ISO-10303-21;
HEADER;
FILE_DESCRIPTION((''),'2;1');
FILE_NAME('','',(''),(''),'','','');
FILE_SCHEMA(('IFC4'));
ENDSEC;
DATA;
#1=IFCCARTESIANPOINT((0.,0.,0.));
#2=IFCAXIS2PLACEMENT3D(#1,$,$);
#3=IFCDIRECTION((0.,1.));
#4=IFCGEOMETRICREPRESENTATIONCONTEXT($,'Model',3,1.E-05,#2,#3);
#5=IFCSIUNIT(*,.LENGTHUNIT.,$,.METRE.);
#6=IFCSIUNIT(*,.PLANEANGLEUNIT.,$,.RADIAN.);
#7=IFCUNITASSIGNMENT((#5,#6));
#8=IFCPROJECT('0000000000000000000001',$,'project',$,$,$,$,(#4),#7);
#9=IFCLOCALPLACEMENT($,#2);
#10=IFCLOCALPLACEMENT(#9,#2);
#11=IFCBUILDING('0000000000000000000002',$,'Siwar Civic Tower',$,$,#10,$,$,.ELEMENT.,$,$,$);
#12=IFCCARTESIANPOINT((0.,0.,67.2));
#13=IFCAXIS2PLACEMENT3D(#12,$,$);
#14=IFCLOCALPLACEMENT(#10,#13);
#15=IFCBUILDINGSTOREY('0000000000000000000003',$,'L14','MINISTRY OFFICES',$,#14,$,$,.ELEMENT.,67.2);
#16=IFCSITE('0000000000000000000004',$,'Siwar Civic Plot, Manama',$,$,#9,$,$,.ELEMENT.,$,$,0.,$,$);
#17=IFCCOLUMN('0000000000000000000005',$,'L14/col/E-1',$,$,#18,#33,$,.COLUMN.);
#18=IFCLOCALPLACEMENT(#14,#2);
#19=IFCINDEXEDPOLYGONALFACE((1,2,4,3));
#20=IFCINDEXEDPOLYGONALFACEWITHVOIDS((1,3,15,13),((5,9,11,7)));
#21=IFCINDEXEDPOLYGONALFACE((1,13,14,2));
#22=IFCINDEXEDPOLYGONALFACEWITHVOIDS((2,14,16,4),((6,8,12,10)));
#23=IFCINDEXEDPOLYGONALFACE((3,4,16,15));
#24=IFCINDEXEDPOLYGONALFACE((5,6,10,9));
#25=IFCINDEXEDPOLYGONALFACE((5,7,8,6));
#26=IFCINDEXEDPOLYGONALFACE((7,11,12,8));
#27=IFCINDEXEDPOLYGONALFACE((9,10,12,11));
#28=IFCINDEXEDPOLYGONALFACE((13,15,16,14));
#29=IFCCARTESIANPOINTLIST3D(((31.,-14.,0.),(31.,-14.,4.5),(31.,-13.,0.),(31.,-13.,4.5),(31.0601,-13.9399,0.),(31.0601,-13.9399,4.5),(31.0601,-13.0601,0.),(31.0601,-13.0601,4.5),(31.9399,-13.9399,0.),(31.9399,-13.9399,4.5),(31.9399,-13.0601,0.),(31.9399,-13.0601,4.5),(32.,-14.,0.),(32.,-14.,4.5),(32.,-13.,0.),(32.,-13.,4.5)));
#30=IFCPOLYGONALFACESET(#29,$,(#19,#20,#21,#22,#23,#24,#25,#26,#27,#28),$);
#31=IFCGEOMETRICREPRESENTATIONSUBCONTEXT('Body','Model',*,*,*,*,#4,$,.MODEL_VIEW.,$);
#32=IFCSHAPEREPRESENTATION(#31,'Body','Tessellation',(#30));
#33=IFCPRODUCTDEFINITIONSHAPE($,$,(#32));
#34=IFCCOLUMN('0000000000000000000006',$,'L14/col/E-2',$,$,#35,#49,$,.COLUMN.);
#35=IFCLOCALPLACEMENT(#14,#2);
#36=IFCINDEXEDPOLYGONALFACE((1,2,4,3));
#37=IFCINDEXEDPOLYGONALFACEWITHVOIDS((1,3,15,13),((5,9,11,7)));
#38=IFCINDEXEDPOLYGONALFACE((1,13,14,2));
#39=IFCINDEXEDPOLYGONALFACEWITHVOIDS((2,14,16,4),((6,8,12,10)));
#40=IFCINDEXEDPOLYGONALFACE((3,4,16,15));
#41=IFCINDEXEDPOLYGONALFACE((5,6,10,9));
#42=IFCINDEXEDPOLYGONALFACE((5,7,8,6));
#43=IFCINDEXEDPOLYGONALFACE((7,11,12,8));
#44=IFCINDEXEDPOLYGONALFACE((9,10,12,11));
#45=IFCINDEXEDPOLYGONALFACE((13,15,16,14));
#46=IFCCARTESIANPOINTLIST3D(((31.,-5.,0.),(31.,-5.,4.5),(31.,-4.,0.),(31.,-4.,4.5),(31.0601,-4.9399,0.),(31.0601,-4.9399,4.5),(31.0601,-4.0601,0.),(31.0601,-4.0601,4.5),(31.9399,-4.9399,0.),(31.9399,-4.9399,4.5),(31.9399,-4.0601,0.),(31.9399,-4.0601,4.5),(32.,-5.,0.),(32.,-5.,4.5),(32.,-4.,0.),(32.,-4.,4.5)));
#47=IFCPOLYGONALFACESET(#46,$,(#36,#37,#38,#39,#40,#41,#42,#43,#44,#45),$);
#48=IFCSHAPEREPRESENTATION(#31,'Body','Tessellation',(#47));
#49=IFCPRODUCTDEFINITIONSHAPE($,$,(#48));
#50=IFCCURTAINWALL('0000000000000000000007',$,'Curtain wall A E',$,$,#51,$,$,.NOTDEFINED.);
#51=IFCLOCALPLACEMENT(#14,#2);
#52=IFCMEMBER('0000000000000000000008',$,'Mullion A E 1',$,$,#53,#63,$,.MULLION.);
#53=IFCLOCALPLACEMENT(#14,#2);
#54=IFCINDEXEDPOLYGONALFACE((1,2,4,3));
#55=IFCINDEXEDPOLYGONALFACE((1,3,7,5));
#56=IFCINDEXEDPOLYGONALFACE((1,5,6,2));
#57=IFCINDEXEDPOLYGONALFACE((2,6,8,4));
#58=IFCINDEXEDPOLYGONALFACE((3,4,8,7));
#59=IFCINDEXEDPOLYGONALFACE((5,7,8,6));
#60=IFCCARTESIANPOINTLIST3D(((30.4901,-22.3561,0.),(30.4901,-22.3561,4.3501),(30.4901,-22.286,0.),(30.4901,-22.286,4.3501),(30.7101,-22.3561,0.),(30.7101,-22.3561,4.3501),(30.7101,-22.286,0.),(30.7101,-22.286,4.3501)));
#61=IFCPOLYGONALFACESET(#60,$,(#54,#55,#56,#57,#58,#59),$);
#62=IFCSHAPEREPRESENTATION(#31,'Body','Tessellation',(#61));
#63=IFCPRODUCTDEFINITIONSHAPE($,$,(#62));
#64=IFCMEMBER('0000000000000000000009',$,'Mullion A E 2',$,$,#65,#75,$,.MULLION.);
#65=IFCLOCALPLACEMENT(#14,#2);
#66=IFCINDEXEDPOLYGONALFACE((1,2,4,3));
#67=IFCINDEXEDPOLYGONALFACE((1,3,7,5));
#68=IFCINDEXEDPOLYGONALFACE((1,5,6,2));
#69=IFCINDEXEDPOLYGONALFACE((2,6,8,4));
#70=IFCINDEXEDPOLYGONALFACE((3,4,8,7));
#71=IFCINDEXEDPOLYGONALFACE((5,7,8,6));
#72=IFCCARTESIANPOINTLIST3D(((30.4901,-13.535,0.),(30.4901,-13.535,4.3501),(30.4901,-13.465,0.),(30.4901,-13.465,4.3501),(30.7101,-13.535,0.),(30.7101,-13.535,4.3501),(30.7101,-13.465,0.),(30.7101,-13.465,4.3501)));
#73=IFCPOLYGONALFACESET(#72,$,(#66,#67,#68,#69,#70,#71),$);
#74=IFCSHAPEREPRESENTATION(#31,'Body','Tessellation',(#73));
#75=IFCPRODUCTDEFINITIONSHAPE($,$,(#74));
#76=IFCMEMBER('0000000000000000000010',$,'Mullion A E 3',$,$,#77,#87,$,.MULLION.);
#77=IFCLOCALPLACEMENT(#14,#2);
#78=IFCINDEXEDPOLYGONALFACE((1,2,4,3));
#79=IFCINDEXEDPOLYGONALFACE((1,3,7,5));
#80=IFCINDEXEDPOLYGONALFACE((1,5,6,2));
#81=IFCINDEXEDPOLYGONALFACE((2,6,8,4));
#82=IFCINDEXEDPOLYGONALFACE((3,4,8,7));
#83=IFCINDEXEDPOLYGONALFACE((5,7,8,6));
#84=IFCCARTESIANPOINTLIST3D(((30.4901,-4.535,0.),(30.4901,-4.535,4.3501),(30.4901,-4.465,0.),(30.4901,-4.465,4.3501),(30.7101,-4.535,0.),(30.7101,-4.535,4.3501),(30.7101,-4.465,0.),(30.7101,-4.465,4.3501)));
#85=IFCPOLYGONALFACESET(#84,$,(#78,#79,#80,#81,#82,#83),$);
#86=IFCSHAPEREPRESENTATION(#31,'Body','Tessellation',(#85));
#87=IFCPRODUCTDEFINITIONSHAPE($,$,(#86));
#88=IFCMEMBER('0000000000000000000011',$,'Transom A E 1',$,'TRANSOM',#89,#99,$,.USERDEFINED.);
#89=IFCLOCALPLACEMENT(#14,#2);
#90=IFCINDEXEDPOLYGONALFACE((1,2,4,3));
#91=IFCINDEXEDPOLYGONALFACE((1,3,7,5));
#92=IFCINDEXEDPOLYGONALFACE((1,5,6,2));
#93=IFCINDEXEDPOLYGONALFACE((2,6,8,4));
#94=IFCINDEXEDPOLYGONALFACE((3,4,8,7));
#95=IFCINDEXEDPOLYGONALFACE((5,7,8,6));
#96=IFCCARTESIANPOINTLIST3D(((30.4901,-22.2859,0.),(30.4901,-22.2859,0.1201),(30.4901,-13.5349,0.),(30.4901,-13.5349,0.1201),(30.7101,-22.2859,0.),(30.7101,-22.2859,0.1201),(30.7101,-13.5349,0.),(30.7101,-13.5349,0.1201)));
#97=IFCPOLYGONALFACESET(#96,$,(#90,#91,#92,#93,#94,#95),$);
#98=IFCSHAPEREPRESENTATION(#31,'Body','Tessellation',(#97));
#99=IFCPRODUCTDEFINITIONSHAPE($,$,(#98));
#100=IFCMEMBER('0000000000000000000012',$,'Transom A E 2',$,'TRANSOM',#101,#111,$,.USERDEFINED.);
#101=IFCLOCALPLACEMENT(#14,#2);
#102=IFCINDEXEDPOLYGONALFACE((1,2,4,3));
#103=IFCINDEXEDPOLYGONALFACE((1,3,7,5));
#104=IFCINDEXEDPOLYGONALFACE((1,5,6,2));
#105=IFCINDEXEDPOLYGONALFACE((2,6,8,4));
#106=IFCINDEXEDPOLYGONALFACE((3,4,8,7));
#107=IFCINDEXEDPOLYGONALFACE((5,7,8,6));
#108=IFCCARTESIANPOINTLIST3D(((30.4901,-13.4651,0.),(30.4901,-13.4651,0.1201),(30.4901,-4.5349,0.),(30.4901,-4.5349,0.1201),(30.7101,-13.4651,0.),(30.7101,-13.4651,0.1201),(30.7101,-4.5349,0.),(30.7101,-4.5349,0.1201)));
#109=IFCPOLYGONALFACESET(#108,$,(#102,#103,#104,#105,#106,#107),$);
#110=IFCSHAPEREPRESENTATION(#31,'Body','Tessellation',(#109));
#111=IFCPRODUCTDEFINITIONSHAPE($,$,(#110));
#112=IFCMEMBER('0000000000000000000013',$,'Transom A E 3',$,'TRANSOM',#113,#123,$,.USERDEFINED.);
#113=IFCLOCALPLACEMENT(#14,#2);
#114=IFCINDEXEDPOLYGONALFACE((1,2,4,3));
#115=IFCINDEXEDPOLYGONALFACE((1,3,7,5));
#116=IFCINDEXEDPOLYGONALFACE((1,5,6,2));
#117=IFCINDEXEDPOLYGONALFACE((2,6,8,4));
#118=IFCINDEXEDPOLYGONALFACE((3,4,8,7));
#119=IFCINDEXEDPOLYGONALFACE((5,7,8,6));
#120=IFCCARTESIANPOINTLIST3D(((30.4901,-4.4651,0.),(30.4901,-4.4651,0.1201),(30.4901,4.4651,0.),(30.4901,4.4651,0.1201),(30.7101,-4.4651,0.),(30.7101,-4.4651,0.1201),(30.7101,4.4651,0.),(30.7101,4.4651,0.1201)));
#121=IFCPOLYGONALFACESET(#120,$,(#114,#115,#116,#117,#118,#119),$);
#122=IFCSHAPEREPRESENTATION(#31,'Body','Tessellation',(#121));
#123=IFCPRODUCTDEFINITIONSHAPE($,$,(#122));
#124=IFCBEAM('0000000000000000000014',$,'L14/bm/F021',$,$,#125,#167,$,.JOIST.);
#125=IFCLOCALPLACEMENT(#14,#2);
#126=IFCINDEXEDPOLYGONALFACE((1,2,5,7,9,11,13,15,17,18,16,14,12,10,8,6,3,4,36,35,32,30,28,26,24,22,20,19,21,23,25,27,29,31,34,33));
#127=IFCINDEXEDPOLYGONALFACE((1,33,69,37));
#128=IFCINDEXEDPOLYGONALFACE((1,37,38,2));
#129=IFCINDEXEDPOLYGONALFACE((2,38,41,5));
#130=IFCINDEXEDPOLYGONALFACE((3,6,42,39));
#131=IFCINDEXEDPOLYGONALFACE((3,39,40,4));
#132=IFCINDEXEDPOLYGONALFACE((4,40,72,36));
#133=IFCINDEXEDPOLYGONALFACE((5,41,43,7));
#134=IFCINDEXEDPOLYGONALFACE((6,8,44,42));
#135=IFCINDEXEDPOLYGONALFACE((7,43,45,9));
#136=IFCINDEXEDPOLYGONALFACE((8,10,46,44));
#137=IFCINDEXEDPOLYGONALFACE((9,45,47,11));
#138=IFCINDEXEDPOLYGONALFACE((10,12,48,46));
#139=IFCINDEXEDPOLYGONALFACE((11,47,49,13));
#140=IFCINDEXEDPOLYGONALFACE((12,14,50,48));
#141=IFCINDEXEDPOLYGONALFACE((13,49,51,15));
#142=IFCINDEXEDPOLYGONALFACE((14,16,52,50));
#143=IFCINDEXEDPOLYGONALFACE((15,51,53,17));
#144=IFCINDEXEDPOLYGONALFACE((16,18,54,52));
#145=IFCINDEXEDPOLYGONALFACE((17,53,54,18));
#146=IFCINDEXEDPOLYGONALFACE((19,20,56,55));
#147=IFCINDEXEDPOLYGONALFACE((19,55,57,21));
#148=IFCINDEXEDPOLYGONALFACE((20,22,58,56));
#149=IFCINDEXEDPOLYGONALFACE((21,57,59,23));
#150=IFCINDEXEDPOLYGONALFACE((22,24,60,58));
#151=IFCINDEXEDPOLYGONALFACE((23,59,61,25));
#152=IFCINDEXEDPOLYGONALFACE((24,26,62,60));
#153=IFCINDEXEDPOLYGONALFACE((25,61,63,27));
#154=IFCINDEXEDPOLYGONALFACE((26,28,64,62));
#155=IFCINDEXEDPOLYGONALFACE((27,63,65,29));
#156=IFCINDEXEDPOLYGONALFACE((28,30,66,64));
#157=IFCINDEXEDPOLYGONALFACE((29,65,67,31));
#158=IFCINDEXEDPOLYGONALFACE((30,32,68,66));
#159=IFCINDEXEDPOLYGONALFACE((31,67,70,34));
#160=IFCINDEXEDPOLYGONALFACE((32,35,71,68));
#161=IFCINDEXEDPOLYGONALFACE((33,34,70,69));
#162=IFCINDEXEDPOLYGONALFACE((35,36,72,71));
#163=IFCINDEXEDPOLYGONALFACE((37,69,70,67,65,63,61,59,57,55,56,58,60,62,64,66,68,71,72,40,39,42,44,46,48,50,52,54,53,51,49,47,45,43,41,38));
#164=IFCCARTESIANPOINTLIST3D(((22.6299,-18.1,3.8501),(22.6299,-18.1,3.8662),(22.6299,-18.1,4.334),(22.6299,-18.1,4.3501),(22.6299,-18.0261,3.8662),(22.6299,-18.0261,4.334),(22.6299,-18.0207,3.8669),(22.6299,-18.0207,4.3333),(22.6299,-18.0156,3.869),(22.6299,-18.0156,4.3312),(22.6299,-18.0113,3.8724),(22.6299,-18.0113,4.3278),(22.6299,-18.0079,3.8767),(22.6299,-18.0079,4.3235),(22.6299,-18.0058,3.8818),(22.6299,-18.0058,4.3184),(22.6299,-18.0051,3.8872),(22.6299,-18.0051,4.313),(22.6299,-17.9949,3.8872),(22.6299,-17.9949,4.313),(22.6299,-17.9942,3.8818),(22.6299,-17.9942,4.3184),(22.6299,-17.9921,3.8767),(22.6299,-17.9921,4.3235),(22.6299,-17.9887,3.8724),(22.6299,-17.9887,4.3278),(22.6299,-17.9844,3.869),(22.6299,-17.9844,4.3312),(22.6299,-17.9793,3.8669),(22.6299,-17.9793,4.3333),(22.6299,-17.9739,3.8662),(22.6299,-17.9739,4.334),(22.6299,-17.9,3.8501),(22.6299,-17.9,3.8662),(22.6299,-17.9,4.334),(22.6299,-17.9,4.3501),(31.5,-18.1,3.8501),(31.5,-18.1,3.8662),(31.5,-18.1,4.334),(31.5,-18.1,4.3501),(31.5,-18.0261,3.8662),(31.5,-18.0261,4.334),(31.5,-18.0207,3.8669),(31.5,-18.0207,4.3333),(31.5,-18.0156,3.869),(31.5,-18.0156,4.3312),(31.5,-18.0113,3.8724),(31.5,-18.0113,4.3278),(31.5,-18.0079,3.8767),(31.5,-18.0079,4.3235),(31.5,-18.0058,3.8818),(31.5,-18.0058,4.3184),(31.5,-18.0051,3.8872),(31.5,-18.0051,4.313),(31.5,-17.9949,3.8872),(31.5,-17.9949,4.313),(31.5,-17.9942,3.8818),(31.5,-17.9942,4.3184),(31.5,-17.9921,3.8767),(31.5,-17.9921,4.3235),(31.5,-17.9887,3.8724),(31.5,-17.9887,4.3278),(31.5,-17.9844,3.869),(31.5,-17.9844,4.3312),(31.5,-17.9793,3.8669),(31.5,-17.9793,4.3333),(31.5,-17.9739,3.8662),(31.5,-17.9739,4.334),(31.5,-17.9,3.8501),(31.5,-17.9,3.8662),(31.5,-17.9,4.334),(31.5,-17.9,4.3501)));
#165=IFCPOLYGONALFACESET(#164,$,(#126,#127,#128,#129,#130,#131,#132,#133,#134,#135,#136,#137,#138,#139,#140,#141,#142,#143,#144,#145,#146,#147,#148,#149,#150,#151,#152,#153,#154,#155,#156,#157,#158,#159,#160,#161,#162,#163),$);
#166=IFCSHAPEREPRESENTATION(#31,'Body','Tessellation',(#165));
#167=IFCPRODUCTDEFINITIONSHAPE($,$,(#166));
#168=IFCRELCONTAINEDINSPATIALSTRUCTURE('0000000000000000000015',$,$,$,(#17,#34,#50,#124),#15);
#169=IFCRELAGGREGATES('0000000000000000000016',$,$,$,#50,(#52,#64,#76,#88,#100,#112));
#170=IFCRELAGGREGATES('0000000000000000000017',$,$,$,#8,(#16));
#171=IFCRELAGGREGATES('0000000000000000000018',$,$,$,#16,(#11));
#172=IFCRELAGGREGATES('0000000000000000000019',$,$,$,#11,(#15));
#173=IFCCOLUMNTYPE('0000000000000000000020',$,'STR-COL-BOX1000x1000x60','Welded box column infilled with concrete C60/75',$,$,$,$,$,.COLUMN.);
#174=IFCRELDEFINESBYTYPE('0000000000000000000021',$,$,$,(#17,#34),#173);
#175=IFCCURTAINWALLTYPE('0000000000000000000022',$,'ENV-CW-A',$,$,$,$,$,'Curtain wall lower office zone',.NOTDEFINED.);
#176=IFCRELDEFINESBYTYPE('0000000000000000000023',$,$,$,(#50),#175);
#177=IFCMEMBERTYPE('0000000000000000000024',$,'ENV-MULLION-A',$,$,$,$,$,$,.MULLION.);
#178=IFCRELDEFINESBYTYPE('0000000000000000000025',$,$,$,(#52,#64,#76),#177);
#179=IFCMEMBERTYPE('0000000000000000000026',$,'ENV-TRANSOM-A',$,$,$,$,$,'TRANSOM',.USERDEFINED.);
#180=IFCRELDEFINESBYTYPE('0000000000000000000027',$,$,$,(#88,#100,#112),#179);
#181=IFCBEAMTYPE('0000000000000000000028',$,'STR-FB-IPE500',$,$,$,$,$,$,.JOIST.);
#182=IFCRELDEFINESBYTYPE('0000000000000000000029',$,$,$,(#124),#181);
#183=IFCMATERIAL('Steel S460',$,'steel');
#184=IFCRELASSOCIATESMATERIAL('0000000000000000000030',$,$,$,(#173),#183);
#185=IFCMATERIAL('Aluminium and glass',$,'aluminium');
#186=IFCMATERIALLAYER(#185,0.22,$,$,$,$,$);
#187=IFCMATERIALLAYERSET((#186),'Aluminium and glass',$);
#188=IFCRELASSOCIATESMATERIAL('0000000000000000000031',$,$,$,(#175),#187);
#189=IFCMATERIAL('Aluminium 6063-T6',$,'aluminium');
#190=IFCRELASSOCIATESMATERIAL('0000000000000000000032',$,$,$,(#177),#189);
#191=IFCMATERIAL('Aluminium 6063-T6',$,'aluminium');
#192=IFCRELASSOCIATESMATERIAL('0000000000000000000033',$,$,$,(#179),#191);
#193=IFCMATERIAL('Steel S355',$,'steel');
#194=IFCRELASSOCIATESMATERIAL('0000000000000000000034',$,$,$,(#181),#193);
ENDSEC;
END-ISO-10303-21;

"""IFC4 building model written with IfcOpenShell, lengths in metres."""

from ifc_helpers import new_model, si_unit, direction, frame, origin, origin_2d, place, context, subcontext, project, spatial, rectangle, hollow_rectangle, i_section, extrude, material, layer, layer_set, material_profile, profile_set, type_object, element, aggregate, save


model = new_model("IFC4")

# Units and contexts
model_context = context("Model", 3, precision=1e-05, world=origin(), true_north=direction((0.0, 1.0)))
body_context = subcontext(model_context, "Body", "Model", "MODEL_VIEW")
ifc_project = project(units=[si_unit("LENGTHUNIT", "METRE"), si_unit("PLANEANGLEUNIT", "RADIAN")], contexts=[model_context])

# Site, building, storey
site_placement = place(None, origin())
site = spatial("IfcSite", under=ifc_project, at=site_placement, Name="Siwar Civic Plot, Manama", CompositionType="ELEMENT", RefElevation=0.0)
building_placement = place(site_placement, origin())
building = spatial("IfcBuilding", under=site, at=building_placement, Name="Siwar Civic Tower", CompositionType="ELEMENT")
storey_placement = place(building_placement, frame((0.0, 0.0, 67.2)))
storey = spatial("IfcBuildingStorey", under=building, at=storey_placement, Name="L14", Description="MINISTRY OFFICES", CompositionType="ELEMENT", Elevation=67.2)

# Columns
ifc_material_1 = material(Name="Steel S460", Category="steel")
ifc_material_profile_1 = material_profile(ifc_material_1, hollow_rectangle(XDim=1.0, YDim=1.0, WallThickness=0.0601, at=origin_2d()), Name="BOX1000x1000x60")
ifc_profile_set_1 = profile_set([ifc_material_profile_1], Name="Steel S460")
column_type = type_object("IfcColumnType", Name="STR-COL-BOX1000x1000x60", Description="Welded box column infilled with concrete C60/75", PredefinedType="COLUMN", material=ifc_profile_set_1)
for number, where, z_axis, x_axis, name in (
    (1, (31.5, -13.5, 0.0), (0.0, 0.0, 1.0), (1.0, 0.0, 0.0), "L14/col/E-1"),
    (2, (31.5, -4.5, 0.0), (0.0, 0.0, 1.0), (1.0, 0.0, 0.0), "L14/col/E-2"),
):
    element("IfcColumn", number, at=place(storey_placement, frame(where, z_axis=z_axis, x_axis=x_axis)), inside=storey, type_object=column_type, Name=name, PredefinedType="COLUMN", context=body_context, shape_type="SweptSolid", body=[
        extrude(hollow_rectangle(XDim=1.0, YDim=1.0, WallThickness=0.0601, at=origin_2d()), origin(), (0.0, 0.0, 1.0), 4.5),
    ])

# Curtain wall, members
ifc_material_2 = material(Name="Aluminium and glass", Category="aluminium")
ifc_layer_1 = layer(ifc_material_2, 0.22)
ifc_layer_set_1 = layer_set([ifc_layer_1], Name="Aluminium and glass")
curtain_wall_type = type_object("IfcCurtainWallType", Name="ENV-CW-A", ElementType="Curtain wall lower office zone", PredefinedType="NOTDEFINED", material=ifc_layer_set_1)
curtain_wall_placement = place(storey_placement, origin())
curtain_wall = element("IfcCurtainWall", 3, at=curtain_wall_placement, inside=storey, type_object=curtain_wall_type, Name="Curtain wall A E", PredefinedType="NOTDEFINED")
ifc_material_3 = material(Name="Aluminium 6063-T6", Category="aluminium")
ifc_material_profile_2 = material_profile(ifc_material_3, rectangle(XDim=0.22, YDim=0.0701, at=origin_2d()), Name="AL 220x70")
ifc_profile_set_2 = profile_set([ifc_material_profile_2], Name="Aluminium 6063-T6")
member_type_1 = type_object("IfcMemberType", Name="ENV-MULLION-A", PredefinedType="MULLION", material=ifc_profile_set_2)
member_1_placement = place(storey_placement, frame((30.6001, -22.321, 0.0), z_axis=(0.0, 0.0, 1.0), x_axis=(-1.0, 0.0, 0.0)))
member_1 = element("IfcMember", 4, at=member_1_placement, type_object=member_type_1, Name="Mullion A E 1", PredefinedType="MULLION", context=body_context, shape_type="SweptSolid", body=[
    extrude(rectangle(XDim=0.22, YDim=0.0701, at=origin_2d()), origin(), (0.0, 0.0, 1.0), 4.3501),
])
member_2_placement = place(storey_placement, frame((30.6001, -13.5, 0.0), z_axis=(0.0, 0.0, 1.0), x_axis=(-1.0, 0.0, 0.0)))
member_2 = element("IfcMember", 5, at=member_2_placement, type_object=member_type_1, Name="Mullion A E 2", PredefinedType="MULLION", context=body_context, shape_type="SweptSolid", body=[
    extrude(rectangle(XDim=0.22, YDim=0.0701, at=origin_2d()), origin(), (0.0, 0.0, 1.0), 4.3501),
])
member_3_placement = place(storey_placement, frame((30.6001, -4.5, 0.0), z_axis=(0.0, 0.0, 1.0), x_axis=(-1.0, 0.0, 0.0)))
member_3 = element("IfcMember", 6, at=member_3_placement, type_object=member_type_1, Name="Mullion A E 3", PredefinedType="MULLION", context=body_context, shape_type="SweptSolid", body=[
    extrude(rectangle(XDim=0.22, YDim=0.0701, at=origin_2d()), origin(), (0.0, 0.0, 1.0), 4.3501),
])
ifc_material_4 = material(Name="Aluminium 6063-T6", Category="aluminium")
ifc_material_profile_3 = material_profile(ifc_material_4, rectangle(XDim=0.22, YDim=0.1201, at=origin_2d()), Name="AL 220x120")
ifc_profile_set_3 = profile_set([ifc_material_profile_3], Name="Aluminium 6063-T6")
member_type_2 = type_object("IfcMemberType", Name="ENV-TRANSOM-A", ElementType="TRANSOM", PredefinedType="USERDEFINED", material=ifc_profile_set_3)
member_4_placement = place(storey_placement, frame((30.6001, -22.2859, 0.0601), z_axis=(0.0, 1.0, 0.0), x_axis=(-1.0, 0.0, 0.0)))
member_4 = element("IfcMember", 7, at=member_4_placement, type_object=member_type_2, Name="Transom A E 1", ObjectType="TRANSOM", PredefinedType="USERDEFINED", context=body_context, shape_type="SweptSolid", body=[
    extrude(rectangle(XDim=0.22, YDim=0.1201, at=origin_2d()), origin(), (0.0, 0.0, 1.0), 8.751),
])
member_5_placement = place(storey_placement, frame((30.6001, -13.4651, 0.0601), z_axis=(0.0, 1.0, 0.0), x_axis=(-1.0, 0.0, 0.0)))
member_5 = element("IfcMember", 8, at=member_5_placement, type_object=member_type_2, Name="Transom A E 2", ObjectType="TRANSOM", PredefinedType="USERDEFINED", context=body_context, shape_type="SweptSolid", body=[
    extrude(rectangle(XDim=0.22, YDim=0.1201, at=origin_2d()), origin(), (0.0, 0.0, 1.0), 8.9302),
])
member_6_placement = place(storey_placement, frame((30.6001, -4.4651, 0.0601), z_axis=(0.0, 1.0, 0.0), x_axis=(-1.0, 0.0, 0.0)))
member_6 = element("IfcMember", 9, at=member_6_placement, type_object=member_type_2, Name="Transom A E 3", ObjectType="TRANSOM", PredefinedType="USERDEFINED", context=body_context, shape_type="SweptSolid", body=[
    extrude(rectangle(XDim=0.22, YDim=0.1201, at=origin_2d()), origin(), (0.0, 0.0, 1.0), 8.9302),
])

# Beam
ifc_material_5 = material(Name="Steel S355", Category="steel")
ifc_material_profile_4 = material_profile(ifc_material_5, i_section(OverallWidth=0.2, OverallDepth=0.5, WebThickness=0.0103, FlangeThickness=0.0161, FilletRadius=0.021, at=origin_2d()), Name="IPE500")
ifc_profile_set_4 = profile_set([ifc_material_profile_4], Name="Steel S355")
beam_type_1 = type_object("IfcBeamType", Name="STR-FB-IPE500", PredefinedType="JOIST", material=ifc_profile_set_4)
beam_1_placement = place(storey_placement, frame((22.6299, -18.0, 4.1001), z_axis=(1.0, 0.0, 0.0), x_axis=(0.0, 1.0, 0.0)))
element("IfcBeam", 10, at=beam_1_placement, inside=storey, type_object=beam_type_1, Name="L14/bm/F021", PredefinedType="JOIST", context=body_context, shape_type="SweptSolid", body=[
    extrude(i_section(OverallWidth=0.2, OverallDepth=0.5, WebThickness=0.0103, FlangeThickness=0.0161, FilletRadius=0.021, at=origin_2d()), origin(), (0.0, 0.0, 1.0), 8.8701),
])

aggregate(curtain_wall, [member_1, member_2, member_3, member_4, member_5, member_6])

save(model, "model.ifc")
